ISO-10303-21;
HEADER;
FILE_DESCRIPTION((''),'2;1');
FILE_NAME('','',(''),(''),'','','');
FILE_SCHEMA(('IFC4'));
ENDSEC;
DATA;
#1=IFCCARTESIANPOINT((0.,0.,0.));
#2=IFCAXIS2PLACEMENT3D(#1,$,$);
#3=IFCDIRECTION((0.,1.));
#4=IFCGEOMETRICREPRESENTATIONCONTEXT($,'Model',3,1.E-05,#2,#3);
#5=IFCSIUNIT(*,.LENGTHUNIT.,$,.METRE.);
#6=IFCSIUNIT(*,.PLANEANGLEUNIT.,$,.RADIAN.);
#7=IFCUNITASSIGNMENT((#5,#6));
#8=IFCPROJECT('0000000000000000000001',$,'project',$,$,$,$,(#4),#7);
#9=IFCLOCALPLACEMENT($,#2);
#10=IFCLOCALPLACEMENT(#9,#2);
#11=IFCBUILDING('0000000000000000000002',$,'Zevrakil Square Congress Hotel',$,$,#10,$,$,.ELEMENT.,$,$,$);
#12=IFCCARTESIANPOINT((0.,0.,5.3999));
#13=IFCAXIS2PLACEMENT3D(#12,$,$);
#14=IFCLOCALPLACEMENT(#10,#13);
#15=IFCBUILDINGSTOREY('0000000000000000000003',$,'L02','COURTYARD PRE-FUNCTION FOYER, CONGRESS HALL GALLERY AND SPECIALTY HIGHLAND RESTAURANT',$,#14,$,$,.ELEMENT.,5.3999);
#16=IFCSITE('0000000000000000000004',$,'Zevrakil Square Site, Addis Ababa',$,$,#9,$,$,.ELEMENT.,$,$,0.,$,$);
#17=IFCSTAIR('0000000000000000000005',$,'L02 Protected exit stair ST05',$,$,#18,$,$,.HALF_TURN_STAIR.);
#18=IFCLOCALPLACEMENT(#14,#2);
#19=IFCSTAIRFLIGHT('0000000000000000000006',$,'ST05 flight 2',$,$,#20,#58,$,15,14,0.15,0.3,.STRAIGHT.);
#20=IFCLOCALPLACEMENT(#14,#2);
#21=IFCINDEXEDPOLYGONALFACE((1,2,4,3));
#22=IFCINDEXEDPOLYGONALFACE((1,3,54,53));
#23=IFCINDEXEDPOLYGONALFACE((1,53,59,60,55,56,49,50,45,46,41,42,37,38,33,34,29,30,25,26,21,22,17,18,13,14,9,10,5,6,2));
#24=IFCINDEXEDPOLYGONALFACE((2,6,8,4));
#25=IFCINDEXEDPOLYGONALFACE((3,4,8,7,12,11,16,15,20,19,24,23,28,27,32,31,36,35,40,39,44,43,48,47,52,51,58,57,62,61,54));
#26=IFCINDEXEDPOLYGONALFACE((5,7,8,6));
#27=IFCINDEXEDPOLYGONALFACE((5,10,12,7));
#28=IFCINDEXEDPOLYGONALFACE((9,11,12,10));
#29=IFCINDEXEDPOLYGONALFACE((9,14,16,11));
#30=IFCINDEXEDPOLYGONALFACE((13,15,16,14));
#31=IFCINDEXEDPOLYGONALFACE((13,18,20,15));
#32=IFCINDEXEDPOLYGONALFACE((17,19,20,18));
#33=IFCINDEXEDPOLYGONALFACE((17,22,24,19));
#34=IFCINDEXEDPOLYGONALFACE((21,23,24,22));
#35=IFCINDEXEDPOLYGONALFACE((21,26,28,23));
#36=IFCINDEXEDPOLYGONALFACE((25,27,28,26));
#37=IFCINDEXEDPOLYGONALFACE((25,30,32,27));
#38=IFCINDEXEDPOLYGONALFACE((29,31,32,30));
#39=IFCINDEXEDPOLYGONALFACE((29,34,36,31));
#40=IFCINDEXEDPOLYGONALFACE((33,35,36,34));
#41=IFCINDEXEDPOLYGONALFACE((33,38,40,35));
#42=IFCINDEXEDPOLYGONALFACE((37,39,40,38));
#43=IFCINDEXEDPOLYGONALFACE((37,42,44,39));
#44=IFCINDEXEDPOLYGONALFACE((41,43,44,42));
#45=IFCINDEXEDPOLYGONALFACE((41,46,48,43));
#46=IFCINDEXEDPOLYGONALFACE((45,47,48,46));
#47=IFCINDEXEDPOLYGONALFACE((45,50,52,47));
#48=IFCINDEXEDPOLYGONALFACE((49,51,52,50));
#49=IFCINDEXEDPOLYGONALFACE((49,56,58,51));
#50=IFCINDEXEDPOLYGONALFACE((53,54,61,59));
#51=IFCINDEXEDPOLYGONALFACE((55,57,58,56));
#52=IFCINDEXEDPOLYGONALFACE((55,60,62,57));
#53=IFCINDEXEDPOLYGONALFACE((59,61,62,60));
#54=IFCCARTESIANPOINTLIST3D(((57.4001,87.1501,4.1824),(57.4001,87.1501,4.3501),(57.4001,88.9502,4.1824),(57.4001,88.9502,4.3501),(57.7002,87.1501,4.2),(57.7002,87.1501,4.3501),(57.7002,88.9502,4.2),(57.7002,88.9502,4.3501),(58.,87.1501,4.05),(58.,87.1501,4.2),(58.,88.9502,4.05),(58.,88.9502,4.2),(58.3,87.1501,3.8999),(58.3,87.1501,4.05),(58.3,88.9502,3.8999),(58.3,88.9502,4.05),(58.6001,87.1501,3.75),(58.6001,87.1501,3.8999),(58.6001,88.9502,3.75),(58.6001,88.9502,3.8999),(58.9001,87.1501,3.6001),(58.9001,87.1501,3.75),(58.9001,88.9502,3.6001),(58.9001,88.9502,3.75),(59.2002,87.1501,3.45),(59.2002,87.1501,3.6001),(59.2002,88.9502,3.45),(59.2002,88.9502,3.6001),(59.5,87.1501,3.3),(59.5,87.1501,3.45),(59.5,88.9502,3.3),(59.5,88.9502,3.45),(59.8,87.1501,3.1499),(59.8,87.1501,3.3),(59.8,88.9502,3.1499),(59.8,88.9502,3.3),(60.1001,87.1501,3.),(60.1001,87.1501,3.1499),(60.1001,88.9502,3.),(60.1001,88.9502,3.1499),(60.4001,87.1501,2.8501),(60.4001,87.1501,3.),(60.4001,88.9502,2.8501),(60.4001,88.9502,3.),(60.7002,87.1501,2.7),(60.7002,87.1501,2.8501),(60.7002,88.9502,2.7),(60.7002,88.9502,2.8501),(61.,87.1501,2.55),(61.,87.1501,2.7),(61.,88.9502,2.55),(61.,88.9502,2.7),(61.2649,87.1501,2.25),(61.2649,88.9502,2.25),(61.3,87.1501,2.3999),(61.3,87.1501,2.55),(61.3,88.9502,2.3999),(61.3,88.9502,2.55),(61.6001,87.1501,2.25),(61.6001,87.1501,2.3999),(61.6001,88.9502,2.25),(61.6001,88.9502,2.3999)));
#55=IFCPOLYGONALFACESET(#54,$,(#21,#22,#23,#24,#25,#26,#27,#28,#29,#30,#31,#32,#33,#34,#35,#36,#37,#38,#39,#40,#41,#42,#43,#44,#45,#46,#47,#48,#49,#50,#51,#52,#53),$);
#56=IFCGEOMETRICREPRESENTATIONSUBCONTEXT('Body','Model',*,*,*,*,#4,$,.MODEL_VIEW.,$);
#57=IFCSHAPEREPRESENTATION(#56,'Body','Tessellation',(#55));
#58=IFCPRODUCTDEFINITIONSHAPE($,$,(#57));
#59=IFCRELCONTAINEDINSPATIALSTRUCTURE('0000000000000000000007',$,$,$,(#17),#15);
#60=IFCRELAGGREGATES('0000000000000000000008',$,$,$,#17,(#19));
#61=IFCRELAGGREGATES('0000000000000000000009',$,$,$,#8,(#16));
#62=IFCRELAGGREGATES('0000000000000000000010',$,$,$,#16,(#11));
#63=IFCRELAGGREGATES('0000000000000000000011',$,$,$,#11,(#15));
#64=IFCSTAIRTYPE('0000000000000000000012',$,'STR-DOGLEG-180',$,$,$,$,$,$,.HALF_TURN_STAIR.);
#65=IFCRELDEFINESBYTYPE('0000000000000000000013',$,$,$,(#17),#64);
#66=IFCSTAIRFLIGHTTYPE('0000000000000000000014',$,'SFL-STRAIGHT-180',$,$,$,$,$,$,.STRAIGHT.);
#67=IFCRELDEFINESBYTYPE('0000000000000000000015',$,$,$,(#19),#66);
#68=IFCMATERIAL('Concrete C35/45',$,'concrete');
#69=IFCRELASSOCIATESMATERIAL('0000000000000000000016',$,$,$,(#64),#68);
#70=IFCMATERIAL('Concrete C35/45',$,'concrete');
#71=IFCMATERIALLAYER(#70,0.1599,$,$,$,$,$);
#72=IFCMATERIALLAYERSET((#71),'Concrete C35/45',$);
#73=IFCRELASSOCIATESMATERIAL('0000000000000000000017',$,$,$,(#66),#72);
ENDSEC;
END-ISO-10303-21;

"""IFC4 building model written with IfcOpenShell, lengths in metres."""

from ifc_helpers import new_model, si_unit, direction, frame, origin, place, context, subcontext, project, spatial, polyline, outline, extrude, material, layer, layer_set, type_object, element, aggregate, save


model = new_model("IFC4")

# Units and contexts
model_context = context("Model", 3, precision=1e-05, world=origin(), true_north=direction((0.0, 1.0)))
body_context = subcontext(model_context, "Body", "Model", "MODEL_VIEW")
ifc_project = project(units=[si_unit("LENGTHUNIT", "METRE"), si_unit("PLANEANGLEUNIT", "RADIAN")], contexts=[model_context])

# Site, building, storey
site_placement = place(None, origin())
site = spatial("IfcSite", under=ifc_project, at=site_placement, Name="Zevrakil Square Site, Addis Ababa", CompositionType="ELEMENT", RefElevation=0.0)
building_placement = place(site_placement, origin())
building = spatial("IfcBuilding", under=site, at=building_placement, Name="Zevrakil Square Congress Hotel", CompositionType="ELEMENT")
storey_placement = place(building_placement, frame((0.0, 0.0, 5.3999)))
storey = spatial("IfcBuildingStorey", under=building, at=storey_placement, Name="L02", Description="COURTYARD PRE-FUNCTION FOYER, CONGRESS HALL GALLERY AND SPECIALTY HIGHLAND RESTAURANT", CompositionType="ELEMENT", Elevation=5.3999)

# Stair, stair flight
ifc_material_1 = material(Name="Concrete C35/45", Category="concrete")
stair_type = type_object("IfcStairType", Name="STR-DOGLEG-180", PredefinedType="HALF_TURN_STAIR", material=ifc_material_1)
stair_placement = place(storey_placement, origin())
stair = element("IfcStair", 1, at=stair_placement, inside=storey, type_object=stair_type, Name="L02 Protected exit stair ST05", PredefinedType="HALF_TURN_STAIR")
ifc_material_2 = material(Name="Concrete C35/45", Category="concrete")
ifc_layer_1 = layer(ifc_material_2, 0.1599)
ifc_layer_set_1 = layer_set([ifc_layer_1], Name="Concrete C35/45")
stair_flight_type = type_object("IfcStairFlightType", Name="SFL-STRAIGHT-180", PredefinedType="STRAIGHT", material=ifc_layer_set_1)
stair_flight_1_placement = place(storey_placement, frame((61.6001, 88.05, 2.25), z_axis=(0.0, 0.0, 1.0), x_axis=(-1.0, 0.0, 0.0)))
stair_flight_1 = element("IfcStairFlight", 2, at=stair_flight_1_placement, type_object=stair_flight_type, Name="ST05 flight 2", NumberOfRisers=15, NumberOfTreads=14, PredefinedType="STRAIGHT", RiserHeight=0.15, TreadLength=0.3, context=body_context, shape_type="SweptSolid", body=[
    extrude(outline(polyline([(0.0, 0.0), (0.0, 0.1499), (0.3, 0.1499), (0.3, 0.3), (0.6001, 0.3), (0.6001, 0.45), (0.8999, 0.45), (0.8999, 0.6001), (1.2, 0.6001), (1.2, 0.75), (1.5, 0.75), (1.5, 0.8999), (1.8, 0.8999), (1.8, 1.05), (2.1001, 1.05), (2.1001, 1.2), (2.3999, 1.2), (2.3999, 1.3501), (2.7, 1.3501), (2.7, 1.5), (3.0, 1.5), (3.0, 1.6499), (3.3, 1.6499), (3.3, 1.8), (3.6001, 1.8), (3.6001, 1.95), (3.8999, 1.95), (3.8999, 2.1001), (4.2, 2.1001), (4.2, 2.25), (4.2, 1.9324), (0.3352, 0.0), (0.0, 0.0)])), frame((0.0, 0.8999, 0.0), z_axis=(0.0, -1.0, 0.0), x_axis=(1.0, 0.0, 0.0)), (0.0, 0.0, 1.0), 1.8),
])
aggregate(stair, [stair_flight_1])

save(model, "model.ifc")
